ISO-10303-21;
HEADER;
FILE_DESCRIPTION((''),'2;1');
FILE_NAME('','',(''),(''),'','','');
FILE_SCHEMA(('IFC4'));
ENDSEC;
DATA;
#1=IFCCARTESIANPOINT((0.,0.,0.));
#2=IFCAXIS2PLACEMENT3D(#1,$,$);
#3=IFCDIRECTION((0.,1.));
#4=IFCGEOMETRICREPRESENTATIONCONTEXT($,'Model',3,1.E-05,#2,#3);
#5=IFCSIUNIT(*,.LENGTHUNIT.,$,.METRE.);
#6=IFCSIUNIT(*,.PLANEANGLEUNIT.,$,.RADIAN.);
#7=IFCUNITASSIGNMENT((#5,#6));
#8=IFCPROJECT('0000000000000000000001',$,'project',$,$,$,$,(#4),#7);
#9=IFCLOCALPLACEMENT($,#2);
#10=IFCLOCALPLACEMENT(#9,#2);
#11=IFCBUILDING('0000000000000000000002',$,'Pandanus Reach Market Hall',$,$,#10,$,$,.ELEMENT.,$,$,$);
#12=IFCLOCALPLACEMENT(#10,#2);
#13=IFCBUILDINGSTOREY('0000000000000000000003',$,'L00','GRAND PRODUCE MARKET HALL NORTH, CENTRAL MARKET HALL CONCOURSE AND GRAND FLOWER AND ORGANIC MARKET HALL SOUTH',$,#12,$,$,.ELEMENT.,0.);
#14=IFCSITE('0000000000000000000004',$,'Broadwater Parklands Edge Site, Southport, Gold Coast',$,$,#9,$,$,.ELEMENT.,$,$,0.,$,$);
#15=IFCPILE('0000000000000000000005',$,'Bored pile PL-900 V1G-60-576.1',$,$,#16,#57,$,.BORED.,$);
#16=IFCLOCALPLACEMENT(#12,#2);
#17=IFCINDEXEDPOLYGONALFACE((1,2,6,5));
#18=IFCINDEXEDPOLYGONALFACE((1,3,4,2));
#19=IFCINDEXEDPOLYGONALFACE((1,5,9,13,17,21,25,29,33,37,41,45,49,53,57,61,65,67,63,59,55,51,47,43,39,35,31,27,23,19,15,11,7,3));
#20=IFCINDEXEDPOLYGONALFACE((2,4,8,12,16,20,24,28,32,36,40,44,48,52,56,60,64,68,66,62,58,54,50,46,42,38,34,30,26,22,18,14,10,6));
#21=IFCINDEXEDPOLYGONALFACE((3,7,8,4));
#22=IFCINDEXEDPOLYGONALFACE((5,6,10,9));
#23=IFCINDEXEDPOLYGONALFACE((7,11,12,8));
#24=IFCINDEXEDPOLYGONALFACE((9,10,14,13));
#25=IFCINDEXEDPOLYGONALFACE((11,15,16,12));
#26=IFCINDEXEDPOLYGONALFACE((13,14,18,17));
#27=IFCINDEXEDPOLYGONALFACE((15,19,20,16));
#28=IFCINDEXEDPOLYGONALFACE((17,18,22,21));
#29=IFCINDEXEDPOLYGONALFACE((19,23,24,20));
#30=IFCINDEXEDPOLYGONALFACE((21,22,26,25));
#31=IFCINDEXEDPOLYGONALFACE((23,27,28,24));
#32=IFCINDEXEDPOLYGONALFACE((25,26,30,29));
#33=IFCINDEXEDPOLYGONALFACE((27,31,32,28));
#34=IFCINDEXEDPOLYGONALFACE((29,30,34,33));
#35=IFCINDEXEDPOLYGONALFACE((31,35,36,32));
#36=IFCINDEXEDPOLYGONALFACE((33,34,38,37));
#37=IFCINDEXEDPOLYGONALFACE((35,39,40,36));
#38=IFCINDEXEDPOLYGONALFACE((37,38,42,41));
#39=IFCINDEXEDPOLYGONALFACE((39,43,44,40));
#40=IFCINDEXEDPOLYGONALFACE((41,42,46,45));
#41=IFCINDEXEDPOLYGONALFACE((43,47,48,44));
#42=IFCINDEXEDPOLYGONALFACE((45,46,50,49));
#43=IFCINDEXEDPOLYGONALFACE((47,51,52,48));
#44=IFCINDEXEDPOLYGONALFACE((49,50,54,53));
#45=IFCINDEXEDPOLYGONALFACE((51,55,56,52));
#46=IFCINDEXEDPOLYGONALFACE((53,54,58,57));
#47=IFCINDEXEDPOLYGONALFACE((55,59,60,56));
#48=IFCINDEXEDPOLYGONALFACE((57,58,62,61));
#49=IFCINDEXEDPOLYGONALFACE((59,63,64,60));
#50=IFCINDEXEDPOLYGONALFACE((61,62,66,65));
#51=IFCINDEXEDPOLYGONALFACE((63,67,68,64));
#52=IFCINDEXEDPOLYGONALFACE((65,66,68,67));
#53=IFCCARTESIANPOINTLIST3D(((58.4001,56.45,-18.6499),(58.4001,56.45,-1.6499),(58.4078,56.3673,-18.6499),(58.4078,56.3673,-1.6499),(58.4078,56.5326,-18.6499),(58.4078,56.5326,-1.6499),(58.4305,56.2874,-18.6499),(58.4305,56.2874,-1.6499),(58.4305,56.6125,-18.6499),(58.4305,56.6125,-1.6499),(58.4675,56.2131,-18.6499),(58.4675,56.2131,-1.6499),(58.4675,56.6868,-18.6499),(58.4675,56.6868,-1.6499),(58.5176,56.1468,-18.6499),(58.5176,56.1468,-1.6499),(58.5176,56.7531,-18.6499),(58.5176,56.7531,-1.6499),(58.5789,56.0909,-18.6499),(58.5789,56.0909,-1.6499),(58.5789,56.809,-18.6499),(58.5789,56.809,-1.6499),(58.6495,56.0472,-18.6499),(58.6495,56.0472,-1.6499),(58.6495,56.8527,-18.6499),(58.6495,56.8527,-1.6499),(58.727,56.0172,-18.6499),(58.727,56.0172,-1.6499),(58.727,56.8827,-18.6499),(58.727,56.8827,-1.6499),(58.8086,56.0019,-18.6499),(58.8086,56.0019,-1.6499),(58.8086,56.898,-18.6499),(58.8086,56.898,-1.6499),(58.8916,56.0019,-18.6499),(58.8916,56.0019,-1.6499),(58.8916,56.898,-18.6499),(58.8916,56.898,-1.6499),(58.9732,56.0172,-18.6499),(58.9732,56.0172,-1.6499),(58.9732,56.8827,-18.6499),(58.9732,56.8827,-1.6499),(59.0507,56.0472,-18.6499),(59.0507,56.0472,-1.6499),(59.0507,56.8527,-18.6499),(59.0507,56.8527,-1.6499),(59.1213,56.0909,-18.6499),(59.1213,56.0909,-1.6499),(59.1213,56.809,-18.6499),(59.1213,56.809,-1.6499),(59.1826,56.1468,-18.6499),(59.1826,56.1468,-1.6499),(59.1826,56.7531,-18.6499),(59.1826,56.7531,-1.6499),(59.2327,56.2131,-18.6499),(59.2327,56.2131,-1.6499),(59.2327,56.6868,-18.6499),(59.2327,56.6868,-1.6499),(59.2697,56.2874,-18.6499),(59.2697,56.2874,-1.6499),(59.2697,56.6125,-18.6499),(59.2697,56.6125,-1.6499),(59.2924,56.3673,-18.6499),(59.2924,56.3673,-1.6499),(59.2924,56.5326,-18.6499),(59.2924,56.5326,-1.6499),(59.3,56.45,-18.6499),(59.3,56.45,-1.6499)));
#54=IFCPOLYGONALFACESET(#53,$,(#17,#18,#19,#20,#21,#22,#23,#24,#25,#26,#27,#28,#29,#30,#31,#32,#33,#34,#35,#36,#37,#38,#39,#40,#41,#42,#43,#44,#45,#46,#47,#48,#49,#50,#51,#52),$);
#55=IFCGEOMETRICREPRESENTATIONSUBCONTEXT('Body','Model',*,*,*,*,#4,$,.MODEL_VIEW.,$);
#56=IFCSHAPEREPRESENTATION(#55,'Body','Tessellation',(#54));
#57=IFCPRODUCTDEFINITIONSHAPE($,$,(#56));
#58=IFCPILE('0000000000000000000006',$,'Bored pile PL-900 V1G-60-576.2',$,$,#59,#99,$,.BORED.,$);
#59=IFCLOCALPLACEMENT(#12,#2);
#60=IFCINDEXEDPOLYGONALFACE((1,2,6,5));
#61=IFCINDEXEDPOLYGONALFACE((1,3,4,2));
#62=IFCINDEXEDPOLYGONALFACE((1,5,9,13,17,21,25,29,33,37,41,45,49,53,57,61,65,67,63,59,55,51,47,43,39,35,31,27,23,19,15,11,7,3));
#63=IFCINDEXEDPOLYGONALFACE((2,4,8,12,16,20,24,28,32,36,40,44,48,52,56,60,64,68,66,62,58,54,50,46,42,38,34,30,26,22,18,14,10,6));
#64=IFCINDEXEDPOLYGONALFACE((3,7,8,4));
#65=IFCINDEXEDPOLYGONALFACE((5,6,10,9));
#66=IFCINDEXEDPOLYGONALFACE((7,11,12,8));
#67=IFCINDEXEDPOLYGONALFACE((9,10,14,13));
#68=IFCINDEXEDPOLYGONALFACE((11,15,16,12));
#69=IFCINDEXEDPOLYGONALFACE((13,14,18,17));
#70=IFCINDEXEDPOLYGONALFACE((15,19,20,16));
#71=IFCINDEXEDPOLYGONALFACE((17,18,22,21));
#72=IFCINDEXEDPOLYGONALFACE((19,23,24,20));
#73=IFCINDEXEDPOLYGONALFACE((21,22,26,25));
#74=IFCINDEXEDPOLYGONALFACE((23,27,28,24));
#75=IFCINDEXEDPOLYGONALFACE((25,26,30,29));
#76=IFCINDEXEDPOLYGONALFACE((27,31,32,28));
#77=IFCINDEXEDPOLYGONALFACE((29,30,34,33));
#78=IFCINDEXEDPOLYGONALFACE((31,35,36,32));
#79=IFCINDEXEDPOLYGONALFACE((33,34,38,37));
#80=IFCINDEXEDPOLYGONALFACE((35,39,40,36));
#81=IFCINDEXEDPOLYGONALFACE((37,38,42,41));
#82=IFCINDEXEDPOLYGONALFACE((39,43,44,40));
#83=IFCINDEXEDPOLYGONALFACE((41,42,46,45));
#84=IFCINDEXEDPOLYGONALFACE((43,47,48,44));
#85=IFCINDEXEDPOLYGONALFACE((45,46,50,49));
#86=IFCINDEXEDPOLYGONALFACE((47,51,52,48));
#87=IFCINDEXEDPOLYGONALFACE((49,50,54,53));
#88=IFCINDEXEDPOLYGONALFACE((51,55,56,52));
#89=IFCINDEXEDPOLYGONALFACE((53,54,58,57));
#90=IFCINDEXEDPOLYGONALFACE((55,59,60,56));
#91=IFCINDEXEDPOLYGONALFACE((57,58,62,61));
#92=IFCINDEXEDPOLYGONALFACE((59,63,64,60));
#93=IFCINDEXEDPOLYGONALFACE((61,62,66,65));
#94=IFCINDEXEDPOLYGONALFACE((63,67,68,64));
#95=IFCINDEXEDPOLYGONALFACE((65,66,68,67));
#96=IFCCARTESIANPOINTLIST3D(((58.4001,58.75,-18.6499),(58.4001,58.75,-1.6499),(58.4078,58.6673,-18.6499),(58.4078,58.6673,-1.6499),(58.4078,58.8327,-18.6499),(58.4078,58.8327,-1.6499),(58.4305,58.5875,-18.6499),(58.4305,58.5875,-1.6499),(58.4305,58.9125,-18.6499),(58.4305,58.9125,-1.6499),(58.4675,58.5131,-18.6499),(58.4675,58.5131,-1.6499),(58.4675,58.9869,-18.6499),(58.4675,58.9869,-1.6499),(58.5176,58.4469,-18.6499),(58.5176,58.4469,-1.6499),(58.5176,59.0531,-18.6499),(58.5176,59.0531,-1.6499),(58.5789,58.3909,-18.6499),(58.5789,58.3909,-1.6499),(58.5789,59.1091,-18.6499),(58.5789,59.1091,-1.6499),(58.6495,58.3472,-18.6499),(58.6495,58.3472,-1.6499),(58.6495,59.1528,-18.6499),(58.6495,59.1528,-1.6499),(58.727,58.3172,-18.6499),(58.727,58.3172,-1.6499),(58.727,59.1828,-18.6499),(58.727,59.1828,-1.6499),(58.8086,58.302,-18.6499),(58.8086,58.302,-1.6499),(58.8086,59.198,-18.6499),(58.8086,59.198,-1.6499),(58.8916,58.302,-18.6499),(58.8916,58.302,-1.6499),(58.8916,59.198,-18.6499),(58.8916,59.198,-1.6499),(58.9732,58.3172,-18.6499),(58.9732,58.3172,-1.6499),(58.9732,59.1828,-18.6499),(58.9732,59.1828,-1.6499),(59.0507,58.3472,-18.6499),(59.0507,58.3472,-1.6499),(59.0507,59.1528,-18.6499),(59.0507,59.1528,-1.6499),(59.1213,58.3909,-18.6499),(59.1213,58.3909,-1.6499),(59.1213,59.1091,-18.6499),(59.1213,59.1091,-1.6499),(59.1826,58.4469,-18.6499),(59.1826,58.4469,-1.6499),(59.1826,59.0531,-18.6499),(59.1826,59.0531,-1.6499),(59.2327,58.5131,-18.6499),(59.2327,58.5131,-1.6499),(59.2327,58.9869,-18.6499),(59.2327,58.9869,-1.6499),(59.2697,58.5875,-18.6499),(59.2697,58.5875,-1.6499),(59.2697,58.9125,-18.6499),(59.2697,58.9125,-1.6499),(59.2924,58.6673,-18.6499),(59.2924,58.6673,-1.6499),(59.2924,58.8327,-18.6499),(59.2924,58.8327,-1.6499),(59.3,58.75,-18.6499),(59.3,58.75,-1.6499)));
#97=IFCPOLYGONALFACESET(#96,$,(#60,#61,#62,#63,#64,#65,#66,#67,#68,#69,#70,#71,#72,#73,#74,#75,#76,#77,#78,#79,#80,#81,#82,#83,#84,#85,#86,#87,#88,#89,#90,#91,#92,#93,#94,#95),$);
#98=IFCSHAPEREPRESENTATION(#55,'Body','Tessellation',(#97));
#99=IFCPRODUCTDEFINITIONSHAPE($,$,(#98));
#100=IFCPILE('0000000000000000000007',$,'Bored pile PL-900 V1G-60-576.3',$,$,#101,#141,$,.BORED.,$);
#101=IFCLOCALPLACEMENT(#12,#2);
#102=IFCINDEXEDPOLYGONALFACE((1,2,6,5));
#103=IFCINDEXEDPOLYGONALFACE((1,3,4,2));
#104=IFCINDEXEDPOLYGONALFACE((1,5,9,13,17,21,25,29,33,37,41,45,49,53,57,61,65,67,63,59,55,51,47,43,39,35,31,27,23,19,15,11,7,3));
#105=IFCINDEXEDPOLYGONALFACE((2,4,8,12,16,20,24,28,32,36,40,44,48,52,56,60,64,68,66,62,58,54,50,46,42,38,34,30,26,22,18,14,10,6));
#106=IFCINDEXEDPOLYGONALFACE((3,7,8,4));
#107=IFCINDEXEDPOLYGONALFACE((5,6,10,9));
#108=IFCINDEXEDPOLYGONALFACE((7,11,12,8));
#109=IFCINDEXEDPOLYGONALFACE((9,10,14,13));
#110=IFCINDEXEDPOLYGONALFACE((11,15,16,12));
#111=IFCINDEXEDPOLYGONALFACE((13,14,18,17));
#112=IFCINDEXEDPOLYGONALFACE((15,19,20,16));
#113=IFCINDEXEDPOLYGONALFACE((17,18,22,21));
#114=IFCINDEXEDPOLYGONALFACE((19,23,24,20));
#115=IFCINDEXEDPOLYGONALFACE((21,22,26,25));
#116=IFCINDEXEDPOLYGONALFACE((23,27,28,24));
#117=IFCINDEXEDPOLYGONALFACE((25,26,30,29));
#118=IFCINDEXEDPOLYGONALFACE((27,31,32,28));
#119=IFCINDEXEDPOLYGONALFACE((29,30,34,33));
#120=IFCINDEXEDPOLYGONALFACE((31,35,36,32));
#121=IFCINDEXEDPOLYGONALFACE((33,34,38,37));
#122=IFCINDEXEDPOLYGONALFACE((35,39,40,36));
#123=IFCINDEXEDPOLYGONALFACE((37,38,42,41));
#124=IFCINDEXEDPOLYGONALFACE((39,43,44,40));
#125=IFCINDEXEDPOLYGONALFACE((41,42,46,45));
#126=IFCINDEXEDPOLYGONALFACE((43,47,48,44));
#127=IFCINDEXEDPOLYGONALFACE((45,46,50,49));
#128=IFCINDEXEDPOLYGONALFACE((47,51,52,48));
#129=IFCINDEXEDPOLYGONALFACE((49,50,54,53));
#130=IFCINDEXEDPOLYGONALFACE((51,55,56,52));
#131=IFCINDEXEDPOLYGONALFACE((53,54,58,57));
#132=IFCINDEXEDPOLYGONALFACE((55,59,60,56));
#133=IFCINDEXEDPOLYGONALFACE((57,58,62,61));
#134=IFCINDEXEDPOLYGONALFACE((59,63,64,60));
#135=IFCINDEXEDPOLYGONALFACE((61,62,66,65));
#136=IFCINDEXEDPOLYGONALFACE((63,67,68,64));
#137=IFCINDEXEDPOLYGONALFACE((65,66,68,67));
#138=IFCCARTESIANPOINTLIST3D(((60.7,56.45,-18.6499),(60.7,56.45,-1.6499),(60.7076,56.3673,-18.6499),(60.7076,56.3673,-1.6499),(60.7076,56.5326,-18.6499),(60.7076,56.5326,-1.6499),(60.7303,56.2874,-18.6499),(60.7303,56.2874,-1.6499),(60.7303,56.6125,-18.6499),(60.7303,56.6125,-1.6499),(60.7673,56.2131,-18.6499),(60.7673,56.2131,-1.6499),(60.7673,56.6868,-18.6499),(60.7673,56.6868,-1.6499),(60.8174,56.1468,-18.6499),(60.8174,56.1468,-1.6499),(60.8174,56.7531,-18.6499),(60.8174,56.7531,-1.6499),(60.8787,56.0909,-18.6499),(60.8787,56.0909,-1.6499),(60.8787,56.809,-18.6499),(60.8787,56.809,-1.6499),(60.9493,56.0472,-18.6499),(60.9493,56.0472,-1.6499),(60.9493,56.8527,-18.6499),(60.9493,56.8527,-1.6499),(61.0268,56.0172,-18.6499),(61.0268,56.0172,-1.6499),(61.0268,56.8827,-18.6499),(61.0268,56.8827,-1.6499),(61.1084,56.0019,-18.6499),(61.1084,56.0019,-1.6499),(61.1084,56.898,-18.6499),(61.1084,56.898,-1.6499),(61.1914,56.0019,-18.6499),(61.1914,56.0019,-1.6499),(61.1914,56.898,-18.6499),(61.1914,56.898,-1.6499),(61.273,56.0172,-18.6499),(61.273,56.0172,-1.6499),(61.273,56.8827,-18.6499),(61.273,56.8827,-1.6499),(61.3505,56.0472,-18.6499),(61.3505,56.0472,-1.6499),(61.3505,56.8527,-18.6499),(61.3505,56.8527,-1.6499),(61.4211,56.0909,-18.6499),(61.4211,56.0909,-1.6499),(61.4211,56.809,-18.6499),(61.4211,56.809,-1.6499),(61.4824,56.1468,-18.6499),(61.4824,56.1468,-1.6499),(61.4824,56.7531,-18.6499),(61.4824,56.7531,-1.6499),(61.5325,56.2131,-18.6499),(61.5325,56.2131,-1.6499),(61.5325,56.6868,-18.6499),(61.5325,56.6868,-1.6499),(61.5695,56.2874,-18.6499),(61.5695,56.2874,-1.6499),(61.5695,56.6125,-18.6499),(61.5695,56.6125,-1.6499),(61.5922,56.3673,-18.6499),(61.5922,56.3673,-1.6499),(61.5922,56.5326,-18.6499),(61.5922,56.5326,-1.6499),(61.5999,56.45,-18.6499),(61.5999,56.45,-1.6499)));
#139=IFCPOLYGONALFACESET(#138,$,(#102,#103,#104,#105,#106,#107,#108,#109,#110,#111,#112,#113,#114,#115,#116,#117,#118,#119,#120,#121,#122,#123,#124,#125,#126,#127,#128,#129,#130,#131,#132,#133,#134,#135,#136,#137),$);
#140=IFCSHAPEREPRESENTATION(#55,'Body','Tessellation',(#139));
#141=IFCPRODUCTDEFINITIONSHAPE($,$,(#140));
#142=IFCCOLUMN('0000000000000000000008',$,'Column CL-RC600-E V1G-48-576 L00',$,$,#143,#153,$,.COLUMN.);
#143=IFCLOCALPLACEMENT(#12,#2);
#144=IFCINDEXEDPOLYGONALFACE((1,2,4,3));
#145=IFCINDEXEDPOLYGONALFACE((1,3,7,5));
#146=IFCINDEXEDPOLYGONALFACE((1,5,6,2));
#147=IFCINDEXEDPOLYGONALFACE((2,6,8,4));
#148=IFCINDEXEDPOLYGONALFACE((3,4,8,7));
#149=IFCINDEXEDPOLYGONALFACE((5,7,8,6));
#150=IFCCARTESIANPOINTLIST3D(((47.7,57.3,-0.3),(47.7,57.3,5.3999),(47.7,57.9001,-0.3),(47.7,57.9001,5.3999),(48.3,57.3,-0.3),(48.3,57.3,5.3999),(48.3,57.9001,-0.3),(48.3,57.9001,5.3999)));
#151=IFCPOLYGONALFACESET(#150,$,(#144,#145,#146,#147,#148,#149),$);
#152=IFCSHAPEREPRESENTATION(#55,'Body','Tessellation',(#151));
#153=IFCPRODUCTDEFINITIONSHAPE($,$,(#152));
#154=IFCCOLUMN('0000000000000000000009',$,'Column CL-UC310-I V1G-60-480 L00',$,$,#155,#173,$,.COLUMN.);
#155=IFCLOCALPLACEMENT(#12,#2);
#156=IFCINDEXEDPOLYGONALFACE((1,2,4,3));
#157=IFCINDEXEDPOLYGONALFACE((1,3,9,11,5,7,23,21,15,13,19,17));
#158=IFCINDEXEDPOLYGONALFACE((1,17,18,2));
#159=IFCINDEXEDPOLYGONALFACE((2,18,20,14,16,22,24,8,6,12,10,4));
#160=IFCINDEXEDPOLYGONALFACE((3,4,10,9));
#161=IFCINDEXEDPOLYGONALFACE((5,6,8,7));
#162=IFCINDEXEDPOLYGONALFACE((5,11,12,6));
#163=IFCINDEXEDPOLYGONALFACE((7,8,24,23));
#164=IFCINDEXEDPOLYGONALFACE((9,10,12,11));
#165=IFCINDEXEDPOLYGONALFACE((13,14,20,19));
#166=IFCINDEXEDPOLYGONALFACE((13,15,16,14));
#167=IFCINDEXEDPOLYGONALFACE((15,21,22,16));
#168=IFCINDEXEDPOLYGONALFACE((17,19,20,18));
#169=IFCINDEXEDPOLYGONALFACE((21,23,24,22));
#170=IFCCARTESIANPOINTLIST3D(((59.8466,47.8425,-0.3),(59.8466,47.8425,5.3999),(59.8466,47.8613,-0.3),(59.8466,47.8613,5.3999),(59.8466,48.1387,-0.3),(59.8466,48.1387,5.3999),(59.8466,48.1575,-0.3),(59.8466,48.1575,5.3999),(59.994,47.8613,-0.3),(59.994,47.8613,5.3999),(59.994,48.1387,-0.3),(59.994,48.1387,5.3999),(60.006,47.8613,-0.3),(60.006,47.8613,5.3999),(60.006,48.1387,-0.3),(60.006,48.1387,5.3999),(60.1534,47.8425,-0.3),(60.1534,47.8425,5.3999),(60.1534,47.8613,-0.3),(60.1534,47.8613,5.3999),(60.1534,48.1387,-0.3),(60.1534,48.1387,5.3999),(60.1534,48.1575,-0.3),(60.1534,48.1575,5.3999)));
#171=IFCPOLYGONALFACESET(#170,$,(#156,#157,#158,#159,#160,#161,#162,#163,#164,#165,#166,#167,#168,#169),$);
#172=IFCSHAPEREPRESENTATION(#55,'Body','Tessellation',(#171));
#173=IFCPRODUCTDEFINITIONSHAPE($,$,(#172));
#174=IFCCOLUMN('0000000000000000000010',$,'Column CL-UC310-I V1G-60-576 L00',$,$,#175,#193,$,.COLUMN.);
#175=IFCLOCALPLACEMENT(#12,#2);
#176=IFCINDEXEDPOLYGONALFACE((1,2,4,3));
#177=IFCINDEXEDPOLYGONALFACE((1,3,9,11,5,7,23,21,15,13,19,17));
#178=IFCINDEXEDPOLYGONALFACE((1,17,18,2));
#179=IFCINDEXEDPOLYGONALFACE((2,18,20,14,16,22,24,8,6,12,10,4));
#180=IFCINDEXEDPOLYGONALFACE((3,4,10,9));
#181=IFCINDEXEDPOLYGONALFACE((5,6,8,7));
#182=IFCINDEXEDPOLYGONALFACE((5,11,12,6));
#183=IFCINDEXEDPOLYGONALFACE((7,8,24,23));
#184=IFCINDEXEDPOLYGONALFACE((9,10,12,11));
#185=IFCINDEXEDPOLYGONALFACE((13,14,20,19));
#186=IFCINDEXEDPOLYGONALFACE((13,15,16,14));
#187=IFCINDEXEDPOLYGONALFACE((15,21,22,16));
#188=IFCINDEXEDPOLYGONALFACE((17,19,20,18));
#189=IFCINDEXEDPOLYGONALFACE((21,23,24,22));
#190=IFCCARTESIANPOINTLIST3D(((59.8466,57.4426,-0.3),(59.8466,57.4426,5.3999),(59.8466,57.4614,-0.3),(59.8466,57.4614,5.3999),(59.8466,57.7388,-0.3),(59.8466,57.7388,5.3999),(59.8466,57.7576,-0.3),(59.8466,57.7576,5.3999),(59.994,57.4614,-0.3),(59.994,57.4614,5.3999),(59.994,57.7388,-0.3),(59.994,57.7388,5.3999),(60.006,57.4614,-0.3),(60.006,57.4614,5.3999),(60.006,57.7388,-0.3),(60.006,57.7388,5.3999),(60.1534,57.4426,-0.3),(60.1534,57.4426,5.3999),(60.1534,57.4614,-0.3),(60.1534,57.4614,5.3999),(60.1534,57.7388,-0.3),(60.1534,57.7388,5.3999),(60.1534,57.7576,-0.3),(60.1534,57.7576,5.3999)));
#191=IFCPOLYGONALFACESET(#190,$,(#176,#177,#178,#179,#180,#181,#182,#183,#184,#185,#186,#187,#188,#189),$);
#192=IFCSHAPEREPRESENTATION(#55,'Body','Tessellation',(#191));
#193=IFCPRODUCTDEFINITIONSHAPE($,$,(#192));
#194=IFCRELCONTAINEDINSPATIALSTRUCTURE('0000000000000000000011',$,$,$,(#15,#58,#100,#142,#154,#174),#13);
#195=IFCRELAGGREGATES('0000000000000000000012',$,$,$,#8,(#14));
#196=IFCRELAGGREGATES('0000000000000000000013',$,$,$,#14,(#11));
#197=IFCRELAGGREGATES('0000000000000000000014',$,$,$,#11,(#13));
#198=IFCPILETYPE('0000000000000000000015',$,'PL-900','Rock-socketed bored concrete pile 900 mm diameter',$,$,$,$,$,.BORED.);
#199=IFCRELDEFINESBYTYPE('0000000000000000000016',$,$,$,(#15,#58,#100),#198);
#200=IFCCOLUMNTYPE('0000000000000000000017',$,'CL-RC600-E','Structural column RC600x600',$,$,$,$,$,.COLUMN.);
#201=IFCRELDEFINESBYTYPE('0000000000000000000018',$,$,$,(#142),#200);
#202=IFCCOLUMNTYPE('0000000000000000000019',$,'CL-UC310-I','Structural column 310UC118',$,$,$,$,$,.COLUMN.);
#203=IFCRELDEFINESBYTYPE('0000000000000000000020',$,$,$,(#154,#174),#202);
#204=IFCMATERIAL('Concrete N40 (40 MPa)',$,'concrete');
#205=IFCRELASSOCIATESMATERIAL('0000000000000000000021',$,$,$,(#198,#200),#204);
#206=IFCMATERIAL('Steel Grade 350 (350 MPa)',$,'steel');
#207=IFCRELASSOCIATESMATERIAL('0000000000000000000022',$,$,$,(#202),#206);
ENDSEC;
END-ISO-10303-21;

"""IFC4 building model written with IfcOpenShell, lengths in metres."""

from ifc_helpers import new_model, si_unit, direction, frame, origin, origin_2d, place, context, subcontext, project, spatial, rectangle, circle, i_section, extrude, material, material_profile, profile_set, type_object, element, save


model = new_model("IFC4")

# Units and contexts
model_context = context("Model", 3, precision=1e-05, world=origin(), true_north=direction((0.0, 1.0)))
body_context = subcontext(model_context, "Body", "Model", "MODEL_VIEW")
ifc_project = project(units=[si_unit("LENGTHUNIT", "METRE"), si_unit("PLANEANGLEUNIT", "RADIAN")], contexts=[model_context])

# Site, building, storey
site_placement = place(None, origin())
site = spatial("IfcSite", under=ifc_project, at=site_placement, Name="Broadwater Parklands Edge Site, Southport, Gold Coast", CompositionType="ELEMENT", RefElevation=0.0)
building_placement = place(site_placement, origin())
building = spatial("IfcBuilding", under=site, at=building_placement, Name="Pandanus Reach Market Hall", CompositionType="ELEMENT")
storey_placement = place(building_placement, origin())
storey = spatial("IfcBuildingStorey", under=building, at=storey_placement, Name="L00", Description="GRAND PRODUCE MARKET HALL NORTH, CENTRAL MARKET HALL CONCOURSE AND GRAND FLOWER AND ORGANIC MARKET HALL SOUTH", CompositionType="ELEMENT", Elevation=0.0)

# Shared definitions
ifc_material_1 = material(Name="Concrete N40 (40 MPa)", Category="concrete")

# Piles
ifc_material_profile_1 = material_profile(ifc_material_1, circle(Radius=0.45, at=origin_2d()), Name="PILE-900D", Category="LoadBearing")
ifc_profile_set_1 = profile_set([ifc_material_profile_1], Name="Concrete N40 (40 MPa)")
pile_type = type_object("IfcPileType", Name="PL-900", Description="Rock-socketed bored concrete pile 900 mm diameter", PredefinedType="BORED", material=ifc_profile_set_1)
for number, where, z_axis, x_axis, name in (
    (1, (58.8501, 56.45, -1.6499), (0.0, 0.0, -1.0), (1.0, 0.0, 0.0), "Bored pile PL-900 V1G-60-576.1"),
    (2, (58.8501, 58.75, -1.6499), (0.0, 0.0, -1.0), (1.0, 0.0, 0.0), "Bored pile PL-900 V1G-60-576.2"),
    (3, (61.1499, 56.45, -1.6499), (0.0, 0.0, -1.0), (1.0, 0.0, 0.0), "Bored pile PL-900 V1G-60-576.3"),
):
    element("IfcPile", number, at=place(storey_placement, frame(where, z_axis=z_axis, x_axis=x_axis)), inside=storey, type_object=pile_type, Name=name, PredefinedType="BORED", context=body_context, shape_type="SweptSolid", body=[
        extrude(circle(Radius=0.45, at=origin_2d()), origin(), (0.0, 0.0, 1.0), 17.0),
    ])

# Columns
ifc_material_profile_2 = material_profile(ifc_material_1, rectangle(XDim=0.6001, YDim=0.6001, at=origin_2d()), Name="RC600x600", Category="LoadBearing")
ifc_profile_set_2 = profile_set([ifc_material_profile_2], Name="Concrete N40 (40 MPa)")
column_type_1 = type_object("IfcColumnType", Name="CL-RC600-E", Description="Structural column RC600x600", PredefinedType="COLUMN", material=ifc_profile_set_2)
column_placement = place(storey_placement, frame((48.0, 57.6001, -0.3), z_axis=(0.0, 0.0, 1.0), x_axis=(1.0, 0.0, 0.0)))
element("IfcColumn", 4, at=column_placement, inside=storey, type_object=column_type_1, Name="Column CL-RC600-E V1G-48-576 L00", PredefinedType="COLUMN", context=body_context, shape_type="SweptSolid", body=[
    extrude(rectangle(XDim=0.6001, YDim=0.6001, at=origin_2d()), origin(), (0.0, 0.0, 1.0), 5.7),
])
ifc_material_2 = material(Name="Steel Grade 350 (350 MPa)", Category="steel")
ifc_material_profile_3 = material_profile(ifc_material_2, i_section(OverallWidth=0.3069, OverallDepth=0.3149, WebThickness=0.012, FlangeThickness=0.0188, at=origin_2d()), Name="310UC118", Category="LoadBearing")
ifc_profile_set_3 = profile_set([ifc_material_profile_3], Name="Steel Grade 350 (350 MPa)")
column_type_2 = type_object("IfcColumnType", Name="CL-UC310-I", Description="Structural column 310UC118", PredefinedType="COLUMN", material=ifc_profile_set_3)
for number, where, z_axis, x_axis, name in (
    (5, (60.0, 48.0, -0.3), (0.0, 0.0, 1.0), (1.0, 0.0, 0.0), "Column CL-UC310-I V1G-60-480 L00"),
    (6, (60.0, 57.6001, -0.3), (0.0, 0.0, 1.0), (1.0, 0.0, 0.0), "Column CL-UC310-I V1G-60-576 L00"),
):
    element("IfcColumn", number, at=place(storey_placement, frame(where, z_axis=z_axis, x_axis=x_axis)), inside=storey, type_object=column_type_2, Name=name, PredefinedType="COLUMN", context=body_context, shape_type="SweptSolid", body=[
        extrude(i_section(OverallWidth=0.3069, OverallDepth=0.3149, WebThickness=0.012, FlangeThickness=0.0188, at=origin_2d()), origin(), (0.0, 0.0, 1.0), 5.7),
    ])

save(model, "model.ifc")
